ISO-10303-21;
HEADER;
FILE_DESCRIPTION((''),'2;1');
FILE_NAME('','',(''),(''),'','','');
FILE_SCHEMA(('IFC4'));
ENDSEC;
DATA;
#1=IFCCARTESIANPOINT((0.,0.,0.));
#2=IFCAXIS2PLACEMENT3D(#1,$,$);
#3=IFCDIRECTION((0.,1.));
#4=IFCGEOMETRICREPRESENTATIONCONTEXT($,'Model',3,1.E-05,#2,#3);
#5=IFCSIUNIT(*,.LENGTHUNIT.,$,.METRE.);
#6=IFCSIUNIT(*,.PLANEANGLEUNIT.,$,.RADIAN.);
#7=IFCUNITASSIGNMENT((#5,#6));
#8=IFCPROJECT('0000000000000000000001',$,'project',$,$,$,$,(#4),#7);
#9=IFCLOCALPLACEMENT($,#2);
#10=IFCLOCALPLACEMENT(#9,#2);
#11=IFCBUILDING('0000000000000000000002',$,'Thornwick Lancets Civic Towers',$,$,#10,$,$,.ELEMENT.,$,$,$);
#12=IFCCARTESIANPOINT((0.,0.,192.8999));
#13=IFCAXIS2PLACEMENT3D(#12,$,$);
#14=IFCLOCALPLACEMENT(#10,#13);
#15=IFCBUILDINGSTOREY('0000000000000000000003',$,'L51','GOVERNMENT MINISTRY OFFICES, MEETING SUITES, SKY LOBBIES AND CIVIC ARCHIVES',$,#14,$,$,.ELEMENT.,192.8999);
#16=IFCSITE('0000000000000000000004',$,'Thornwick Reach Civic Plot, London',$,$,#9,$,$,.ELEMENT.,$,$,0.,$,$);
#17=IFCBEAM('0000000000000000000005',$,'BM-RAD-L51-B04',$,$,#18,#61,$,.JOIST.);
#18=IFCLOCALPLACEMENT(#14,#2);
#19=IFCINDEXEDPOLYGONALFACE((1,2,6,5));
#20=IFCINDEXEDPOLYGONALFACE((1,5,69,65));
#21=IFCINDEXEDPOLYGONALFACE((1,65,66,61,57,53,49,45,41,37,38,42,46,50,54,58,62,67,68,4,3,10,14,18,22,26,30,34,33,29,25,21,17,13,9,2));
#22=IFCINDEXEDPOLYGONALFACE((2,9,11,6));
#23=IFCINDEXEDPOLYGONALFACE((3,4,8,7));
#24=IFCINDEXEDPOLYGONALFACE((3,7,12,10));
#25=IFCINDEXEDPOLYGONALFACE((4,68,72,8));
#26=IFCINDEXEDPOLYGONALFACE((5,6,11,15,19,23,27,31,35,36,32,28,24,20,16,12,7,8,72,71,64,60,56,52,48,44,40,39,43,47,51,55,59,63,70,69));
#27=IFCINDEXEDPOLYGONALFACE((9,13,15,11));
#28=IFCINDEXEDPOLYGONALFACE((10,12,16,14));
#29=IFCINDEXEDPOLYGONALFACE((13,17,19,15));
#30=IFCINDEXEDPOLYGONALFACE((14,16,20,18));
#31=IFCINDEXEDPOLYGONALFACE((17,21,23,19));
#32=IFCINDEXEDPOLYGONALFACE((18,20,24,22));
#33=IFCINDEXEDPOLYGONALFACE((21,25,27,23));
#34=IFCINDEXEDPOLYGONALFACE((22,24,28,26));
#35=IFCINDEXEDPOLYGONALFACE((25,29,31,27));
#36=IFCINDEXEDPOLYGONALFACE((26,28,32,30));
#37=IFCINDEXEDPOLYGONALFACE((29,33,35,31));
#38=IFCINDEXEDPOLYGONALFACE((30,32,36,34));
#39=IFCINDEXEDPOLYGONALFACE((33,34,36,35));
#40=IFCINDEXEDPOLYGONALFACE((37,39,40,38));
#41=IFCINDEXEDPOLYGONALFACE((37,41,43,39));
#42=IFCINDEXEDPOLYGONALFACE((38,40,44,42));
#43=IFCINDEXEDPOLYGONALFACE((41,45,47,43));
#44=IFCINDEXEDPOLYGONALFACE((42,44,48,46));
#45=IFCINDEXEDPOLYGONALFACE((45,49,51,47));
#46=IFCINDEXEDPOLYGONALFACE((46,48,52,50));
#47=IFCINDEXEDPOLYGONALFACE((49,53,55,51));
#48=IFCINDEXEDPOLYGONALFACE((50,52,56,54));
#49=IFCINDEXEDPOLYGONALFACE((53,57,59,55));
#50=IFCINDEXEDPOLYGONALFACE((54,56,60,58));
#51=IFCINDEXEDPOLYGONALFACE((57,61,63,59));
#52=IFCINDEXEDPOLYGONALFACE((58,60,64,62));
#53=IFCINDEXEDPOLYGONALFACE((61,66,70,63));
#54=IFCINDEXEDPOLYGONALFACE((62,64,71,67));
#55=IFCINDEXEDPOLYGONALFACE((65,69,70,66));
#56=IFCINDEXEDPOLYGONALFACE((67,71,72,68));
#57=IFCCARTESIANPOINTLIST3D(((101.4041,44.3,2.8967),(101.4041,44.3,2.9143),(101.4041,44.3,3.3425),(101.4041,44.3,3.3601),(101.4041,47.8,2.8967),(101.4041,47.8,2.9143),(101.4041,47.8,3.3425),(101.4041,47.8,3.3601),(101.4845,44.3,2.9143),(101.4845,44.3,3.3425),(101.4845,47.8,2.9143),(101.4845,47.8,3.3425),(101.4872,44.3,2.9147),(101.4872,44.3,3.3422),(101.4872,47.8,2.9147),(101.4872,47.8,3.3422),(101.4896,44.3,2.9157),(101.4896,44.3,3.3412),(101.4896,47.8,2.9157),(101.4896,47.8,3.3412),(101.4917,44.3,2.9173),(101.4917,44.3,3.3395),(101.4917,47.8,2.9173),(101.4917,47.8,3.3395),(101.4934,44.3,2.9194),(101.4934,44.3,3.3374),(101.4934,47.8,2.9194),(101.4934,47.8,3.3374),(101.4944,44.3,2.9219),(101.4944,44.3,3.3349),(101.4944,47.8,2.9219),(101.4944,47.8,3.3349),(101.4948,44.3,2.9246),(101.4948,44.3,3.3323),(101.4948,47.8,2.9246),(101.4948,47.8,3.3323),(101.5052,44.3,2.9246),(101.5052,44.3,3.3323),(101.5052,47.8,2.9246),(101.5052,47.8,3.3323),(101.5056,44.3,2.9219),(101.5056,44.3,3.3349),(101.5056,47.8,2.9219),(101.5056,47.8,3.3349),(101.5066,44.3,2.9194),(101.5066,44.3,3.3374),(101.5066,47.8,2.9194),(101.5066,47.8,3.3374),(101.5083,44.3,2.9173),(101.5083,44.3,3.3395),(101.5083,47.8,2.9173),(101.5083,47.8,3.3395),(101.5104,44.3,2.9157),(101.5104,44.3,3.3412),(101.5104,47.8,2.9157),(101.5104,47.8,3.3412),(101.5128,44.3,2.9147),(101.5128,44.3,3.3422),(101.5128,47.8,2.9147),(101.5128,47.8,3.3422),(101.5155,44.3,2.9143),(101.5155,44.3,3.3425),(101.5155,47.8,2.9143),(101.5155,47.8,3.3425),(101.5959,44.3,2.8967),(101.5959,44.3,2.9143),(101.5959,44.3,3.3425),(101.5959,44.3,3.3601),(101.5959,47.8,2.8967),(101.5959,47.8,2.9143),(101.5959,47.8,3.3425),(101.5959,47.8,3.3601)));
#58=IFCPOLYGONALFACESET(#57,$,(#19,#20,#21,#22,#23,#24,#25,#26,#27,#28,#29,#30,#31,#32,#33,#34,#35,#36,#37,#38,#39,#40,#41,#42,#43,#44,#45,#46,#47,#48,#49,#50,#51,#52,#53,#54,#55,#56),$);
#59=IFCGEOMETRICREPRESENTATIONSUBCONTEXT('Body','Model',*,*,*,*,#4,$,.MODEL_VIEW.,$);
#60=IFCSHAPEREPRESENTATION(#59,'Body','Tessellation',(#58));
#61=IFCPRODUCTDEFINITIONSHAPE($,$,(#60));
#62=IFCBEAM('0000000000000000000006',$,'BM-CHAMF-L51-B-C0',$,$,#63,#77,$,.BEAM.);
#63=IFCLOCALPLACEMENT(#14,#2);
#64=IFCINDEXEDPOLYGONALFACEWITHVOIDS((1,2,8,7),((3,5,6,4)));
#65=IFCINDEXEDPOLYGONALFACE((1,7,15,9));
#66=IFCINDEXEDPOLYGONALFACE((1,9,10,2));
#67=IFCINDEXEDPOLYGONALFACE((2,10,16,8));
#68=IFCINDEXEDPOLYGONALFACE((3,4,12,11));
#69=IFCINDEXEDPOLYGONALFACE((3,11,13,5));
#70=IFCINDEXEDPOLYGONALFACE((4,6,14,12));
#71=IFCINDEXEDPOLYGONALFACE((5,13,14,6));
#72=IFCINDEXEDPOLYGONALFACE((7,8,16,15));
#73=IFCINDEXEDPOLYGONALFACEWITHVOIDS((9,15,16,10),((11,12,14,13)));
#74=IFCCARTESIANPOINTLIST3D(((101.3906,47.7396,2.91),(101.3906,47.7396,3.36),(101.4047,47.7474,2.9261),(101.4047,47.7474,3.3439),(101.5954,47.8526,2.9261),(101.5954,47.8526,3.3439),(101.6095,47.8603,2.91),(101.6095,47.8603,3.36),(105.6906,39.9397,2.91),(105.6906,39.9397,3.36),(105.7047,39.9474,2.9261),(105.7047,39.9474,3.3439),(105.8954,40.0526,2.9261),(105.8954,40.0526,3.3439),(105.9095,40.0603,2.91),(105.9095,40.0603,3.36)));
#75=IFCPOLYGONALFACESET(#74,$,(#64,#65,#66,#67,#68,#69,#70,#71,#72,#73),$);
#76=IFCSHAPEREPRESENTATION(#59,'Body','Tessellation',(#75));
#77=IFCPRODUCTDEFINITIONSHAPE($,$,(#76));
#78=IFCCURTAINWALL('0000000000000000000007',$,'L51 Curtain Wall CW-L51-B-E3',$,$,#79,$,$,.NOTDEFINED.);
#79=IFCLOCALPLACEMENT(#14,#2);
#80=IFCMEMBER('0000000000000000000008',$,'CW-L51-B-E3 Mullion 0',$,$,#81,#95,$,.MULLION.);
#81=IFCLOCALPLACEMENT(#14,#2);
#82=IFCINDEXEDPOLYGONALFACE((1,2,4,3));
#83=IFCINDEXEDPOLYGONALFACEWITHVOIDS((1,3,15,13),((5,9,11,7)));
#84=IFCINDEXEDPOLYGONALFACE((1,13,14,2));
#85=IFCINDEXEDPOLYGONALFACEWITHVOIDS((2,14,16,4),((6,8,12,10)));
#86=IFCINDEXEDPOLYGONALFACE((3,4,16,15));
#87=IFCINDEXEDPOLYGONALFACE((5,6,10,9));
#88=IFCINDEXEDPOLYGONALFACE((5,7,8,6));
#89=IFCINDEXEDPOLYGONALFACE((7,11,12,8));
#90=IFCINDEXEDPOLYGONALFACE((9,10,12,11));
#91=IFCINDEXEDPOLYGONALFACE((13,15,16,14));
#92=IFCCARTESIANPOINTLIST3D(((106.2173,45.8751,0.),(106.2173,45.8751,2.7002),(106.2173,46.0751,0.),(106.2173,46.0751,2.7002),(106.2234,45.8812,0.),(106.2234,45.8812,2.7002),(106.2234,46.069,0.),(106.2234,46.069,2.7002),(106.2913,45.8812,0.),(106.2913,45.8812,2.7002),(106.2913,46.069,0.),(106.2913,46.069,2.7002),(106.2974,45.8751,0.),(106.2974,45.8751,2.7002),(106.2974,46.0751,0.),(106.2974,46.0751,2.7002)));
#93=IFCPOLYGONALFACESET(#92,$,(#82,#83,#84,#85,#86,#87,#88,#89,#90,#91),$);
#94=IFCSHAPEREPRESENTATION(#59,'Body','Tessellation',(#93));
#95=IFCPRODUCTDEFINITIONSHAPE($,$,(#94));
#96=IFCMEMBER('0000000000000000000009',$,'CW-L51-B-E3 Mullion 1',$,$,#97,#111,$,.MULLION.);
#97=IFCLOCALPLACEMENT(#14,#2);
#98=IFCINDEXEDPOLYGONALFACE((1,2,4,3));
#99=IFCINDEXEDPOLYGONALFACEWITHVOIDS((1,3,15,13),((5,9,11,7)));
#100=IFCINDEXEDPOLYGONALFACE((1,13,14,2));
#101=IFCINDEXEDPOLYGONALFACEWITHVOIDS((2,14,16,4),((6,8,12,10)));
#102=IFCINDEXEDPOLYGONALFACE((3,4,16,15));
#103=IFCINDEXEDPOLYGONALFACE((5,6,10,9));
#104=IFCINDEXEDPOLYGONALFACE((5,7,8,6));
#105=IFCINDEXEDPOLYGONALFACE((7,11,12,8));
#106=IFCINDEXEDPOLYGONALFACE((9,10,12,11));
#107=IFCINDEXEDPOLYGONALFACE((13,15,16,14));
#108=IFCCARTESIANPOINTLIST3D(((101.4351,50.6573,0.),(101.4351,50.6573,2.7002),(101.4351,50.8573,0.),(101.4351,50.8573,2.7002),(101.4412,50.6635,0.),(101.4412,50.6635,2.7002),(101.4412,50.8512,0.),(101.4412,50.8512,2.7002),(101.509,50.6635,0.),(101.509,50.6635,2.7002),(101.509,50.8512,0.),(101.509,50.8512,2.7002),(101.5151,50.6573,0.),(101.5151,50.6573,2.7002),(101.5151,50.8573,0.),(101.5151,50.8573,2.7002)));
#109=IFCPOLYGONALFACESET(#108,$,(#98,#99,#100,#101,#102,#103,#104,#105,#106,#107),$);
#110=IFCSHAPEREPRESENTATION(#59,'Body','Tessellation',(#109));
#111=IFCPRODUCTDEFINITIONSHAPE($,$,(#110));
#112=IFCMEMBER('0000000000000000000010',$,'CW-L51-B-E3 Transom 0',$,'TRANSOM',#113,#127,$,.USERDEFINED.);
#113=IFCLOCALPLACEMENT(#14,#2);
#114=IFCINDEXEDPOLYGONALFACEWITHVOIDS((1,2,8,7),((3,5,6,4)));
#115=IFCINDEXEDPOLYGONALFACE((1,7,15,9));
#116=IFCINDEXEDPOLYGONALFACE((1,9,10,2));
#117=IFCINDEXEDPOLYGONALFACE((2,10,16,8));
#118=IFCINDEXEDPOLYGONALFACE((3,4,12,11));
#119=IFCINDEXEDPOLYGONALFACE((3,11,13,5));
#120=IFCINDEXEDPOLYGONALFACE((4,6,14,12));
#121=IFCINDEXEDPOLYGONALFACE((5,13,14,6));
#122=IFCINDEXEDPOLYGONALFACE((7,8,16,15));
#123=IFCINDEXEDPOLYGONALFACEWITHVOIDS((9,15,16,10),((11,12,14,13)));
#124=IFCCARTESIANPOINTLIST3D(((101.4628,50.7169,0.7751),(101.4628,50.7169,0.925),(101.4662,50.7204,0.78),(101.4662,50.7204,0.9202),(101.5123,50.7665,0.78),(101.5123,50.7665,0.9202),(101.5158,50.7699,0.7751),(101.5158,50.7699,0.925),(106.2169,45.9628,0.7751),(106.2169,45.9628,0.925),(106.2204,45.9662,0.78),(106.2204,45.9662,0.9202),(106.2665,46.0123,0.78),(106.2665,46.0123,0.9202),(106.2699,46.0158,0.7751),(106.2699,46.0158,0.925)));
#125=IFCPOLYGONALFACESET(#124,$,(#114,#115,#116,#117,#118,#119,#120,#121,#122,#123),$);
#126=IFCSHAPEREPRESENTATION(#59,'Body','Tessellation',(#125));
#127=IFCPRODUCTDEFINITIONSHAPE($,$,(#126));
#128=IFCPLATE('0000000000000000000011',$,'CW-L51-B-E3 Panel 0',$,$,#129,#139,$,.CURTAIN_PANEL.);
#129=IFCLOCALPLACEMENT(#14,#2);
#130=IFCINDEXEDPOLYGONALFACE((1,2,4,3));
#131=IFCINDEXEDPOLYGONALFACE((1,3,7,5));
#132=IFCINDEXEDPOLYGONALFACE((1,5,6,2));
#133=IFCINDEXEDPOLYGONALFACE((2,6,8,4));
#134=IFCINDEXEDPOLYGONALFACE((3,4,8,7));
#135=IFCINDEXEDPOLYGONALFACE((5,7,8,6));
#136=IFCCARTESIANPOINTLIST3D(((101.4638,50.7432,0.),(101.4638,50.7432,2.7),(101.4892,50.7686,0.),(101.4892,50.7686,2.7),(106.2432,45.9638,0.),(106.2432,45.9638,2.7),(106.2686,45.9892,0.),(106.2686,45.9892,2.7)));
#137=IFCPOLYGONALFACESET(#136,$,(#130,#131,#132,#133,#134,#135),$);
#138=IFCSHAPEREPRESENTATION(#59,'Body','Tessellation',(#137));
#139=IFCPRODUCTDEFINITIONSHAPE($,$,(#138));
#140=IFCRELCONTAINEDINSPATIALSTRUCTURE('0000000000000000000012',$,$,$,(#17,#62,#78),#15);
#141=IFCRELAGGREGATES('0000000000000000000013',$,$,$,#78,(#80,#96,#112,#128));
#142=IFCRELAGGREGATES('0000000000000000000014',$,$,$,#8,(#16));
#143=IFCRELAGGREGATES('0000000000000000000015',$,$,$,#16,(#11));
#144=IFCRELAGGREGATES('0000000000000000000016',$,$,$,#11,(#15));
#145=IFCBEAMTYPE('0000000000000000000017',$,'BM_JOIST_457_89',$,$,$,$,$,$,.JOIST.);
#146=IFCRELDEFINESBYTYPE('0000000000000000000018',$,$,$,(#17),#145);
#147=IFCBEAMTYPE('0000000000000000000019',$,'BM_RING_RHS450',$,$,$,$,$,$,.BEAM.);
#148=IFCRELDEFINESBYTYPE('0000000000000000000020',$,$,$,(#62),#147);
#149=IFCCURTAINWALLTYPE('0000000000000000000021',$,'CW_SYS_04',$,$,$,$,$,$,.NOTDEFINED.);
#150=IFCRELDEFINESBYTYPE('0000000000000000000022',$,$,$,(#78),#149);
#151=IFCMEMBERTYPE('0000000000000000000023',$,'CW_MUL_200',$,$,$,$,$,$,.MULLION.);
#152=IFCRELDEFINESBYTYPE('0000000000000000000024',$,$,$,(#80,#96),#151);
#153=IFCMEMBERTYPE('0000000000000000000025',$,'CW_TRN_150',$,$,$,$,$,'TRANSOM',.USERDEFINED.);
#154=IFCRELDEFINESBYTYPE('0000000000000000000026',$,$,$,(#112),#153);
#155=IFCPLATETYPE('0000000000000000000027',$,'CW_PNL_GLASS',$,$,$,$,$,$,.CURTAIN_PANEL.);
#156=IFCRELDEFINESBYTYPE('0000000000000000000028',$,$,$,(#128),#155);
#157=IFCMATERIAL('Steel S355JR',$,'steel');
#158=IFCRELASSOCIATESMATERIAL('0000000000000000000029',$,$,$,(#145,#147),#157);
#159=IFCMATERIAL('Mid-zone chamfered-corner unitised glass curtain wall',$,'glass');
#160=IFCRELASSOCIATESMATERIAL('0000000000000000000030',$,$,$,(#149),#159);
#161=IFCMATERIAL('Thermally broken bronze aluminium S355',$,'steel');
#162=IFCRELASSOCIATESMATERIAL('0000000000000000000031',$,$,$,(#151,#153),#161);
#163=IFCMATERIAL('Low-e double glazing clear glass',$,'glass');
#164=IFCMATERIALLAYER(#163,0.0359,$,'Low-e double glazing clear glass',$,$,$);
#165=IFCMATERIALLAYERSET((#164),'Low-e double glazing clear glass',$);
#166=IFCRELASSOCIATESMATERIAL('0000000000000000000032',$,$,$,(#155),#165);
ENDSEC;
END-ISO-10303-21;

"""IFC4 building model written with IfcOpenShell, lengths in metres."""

from ifc_helpers import new_model, si_unit, direction, frame, origin, origin_2d, place, context, subcontext, project, spatial, rectangle, hollow_rectangle, i_section, extrude, material, layer, layer_set, material_profile, profile_set, type_object, element, aggregate, save


model = new_model("IFC4")

# Units and contexts
model_context = context("Model", 3, precision=1e-05, world=origin(), true_north=direction((0.0, 1.0)))
body_context = subcontext(model_context, "Body", "Model", "MODEL_VIEW")
ifc_project = project(units=[si_unit("LENGTHUNIT", "METRE"), si_unit("PLANEANGLEUNIT", "RADIAN")], contexts=[model_context])

# Site, building, storey
site_placement = place(None, origin())
site = spatial("IfcSite", under=ifc_project, at=site_placement, Name="Thornwick Reach Civic Plot, London", CompositionType="ELEMENT", RefElevation=0.0)
building_placement = place(site_placement, origin())
building = spatial("IfcBuilding", under=site, at=building_placement, Name="Thornwick Lancets Civic Towers", CompositionType="ELEMENT")
storey_placement = place(building_placement, frame((0.0, 0.0, 192.8999)))
storey = spatial("IfcBuildingStorey", under=building, at=storey_placement, Name="L51", Description="GOVERNMENT MINISTRY OFFICES, MEETING SUITES, SKY LOBBIES AND CIVIC ARCHIVES", CompositionType="ELEMENT", Elevation=192.8999)

# Beams
ifc_material_1 = material(Name="Steel S355JR", Category="steel")
ifc_material_profile_1 = material_profile(ifc_material_1, i_section(OverallWidth=0.1919, OverallDepth=0.4634, WebThickness=0.0105, FlangeThickness=0.0176, FilletRadius=0.0103, at=origin_2d()), Name="UKB 457x191x89")
ifc_profile_set_1 = profile_set([ifc_material_profile_1], Name="Steel S355JR")
beam_type_1 = type_object("IfcBeamType", Name="BM_JOIST_457_89", PredefinedType="JOIST", material=ifc_profile_set_1)
beam_1_placement = place(storey_placement, frame((101.5, 44.3, 3.1284), z_axis=(0.0, 1.0, 0.0), x_axis=(-1.0, 0.0, 0.0)))
element("IfcBeam", 1, at=beam_1_placement, inside=storey, type_object=beam_type_1, Name="BM-RAD-L51-B04", PredefinedType="JOIST", context=body_context, shape_type="SweptSolid", body=[
    extrude(i_section(OverallWidth=0.1919, OverallDepth=0.4634, WebThickness=0.0105, FlangeThickness=0.0176, FilletRadius=0.0103, at=origin_2d()), origin(), (0.0, 0.0, 1.0), 3.5),
])
ifc_material_profile_2 = material_profile(ifc_material_1, hollow_rectangle(XDim=0.25, YDim=0.45, WallThickness=0.0161, at=origin_2d()), Name="RHS 450x250x16")
ifc_profile_set_2 = profile_set([ifc_material_profile_2], Name="Steel S355JR")
beam_type_2 = type_object("IfcBeamType", Name="BM_RING_RHS450", PredefinedType="BEAM", material=ifc_profile_set_2)
beam_2_placement = place(storey_placement, frame((105.8, 40.0, 3.135), z_axis=(-0.482782, 0.87574, 0.0), x_axis=(-0.87574, -0.482782, 0.0)))
element("IfcBeam", 2, at=beam_2_placement, inside=storey, type_object=beam_type_2, Name="BM-CHAMF-L51-B-C0", PredefinedType="BEAM", context=body_context, shape_type="SweptSolid", body=[
    extrude(hollow_rectangle(XDim=0.25, YDim=0.45, WallThickness=0.0161, at=origin_2d()), origin(), (0.0, 0.0, 1.0), 8.9067),
])

# Curtain wall, members, plate
ifc_material_2 = material(Name="Mid-zone chamfered-corner unitised glass curtain wall", Category="glass")
curtain_wall_type = type_object("IfcCurtainWallType", Name="CW_SYS_04", PredefinedType="NOTDEFINED", material=ifc_material_2)
curtain_wall_placement = place(storey_placement, origin())
curtain_wall = element("IfcCurtainWall", 3, at=curtain_wall_placement, inside=storey, type_object=curtain_wall_type, Name="L51 Curtain Wall CW-L51-B-E3", PredefinedType="NOTDEFINED")
ifc_material_3 = material(Name="Thermally broken bronze aluminium S355", Category="steel")
ifc_material_profile_3 = material_profile(ifc_material_3, hollow_rectangle(XDim=0.0801, YDim=0.2, WallThickness=0.0061, at=origin_2d()), Name="RHS 200x80x6")
ifc_profile_set_3 = profile_set([ifc_material_profile_3], Name="Thermally broken bronze aluminium S355")
member_type_1 = type_object("IfcMemberType", Name="CW_MUL_200", PredefinedType="MULLION", material=ifc_profile_set_3)
member_1_placement = place(storey_placement, frame((106.2573, 45.9751, 0.0), z_axis=(0.0, 0.0, 1.0), x_axis=(1.0, 0.0, 0.0)))
member_1 = element("IfcMember", 4, at=member_1_placement, type_object=member_type_1, Name="CW-L51-B-E3 Mullion 0", PredefinedType="MULLION", context=body_context, shape_type="SweptSolid", body=[
    extrude(hollow_rectangle(XDim=0.0801, YDim=0.2, WallThickness=0.0061, at=origin_2d()), origin(), (0.0, 0.0, 1.0), 2.7002),
])
member_2_placement = place(storey_placement, frame((101.4751, 50.7573, 0.0), z_axis=(0.0, 0.0, 1.0), x_axis=(1.0, 0.0, 0.0)))
member_2 = element("IfcMember", 5, at=member_2_placement, type_object=member_type_1, Name="CW-L51-B-E3 Mullion 1", PredefinedType="MULLION", context=body_context, shape_type="SweptSolid", body=[
    extrude(hollow_rectangle(XDim=0.0801, YDim=0.2, WallThickness=0.0061, at=origin_2d()), origin(), (0.0, 0.0, 1.0), 2.7002),
])
ifc_material_profile_4 = material_profile(ifc_material_3, hollow_rectangle(XDim=0.075, YDim=0.1499, WallThickness=0.0049, at=origin_2d()), Name="RHS 150x75x5")
ifc_profile_set_4 = profile_set([ifc_material_profile_4], Name="Thermally broken bronze aluminium S355")
member_type_2 = type_object("IfcMemberType", Name="CW_TRN_150", ElementType="TRANSOM", PredefinedType="USERDEFINED", material=ifc_profile_set_4)
member_3_placement = place(storey_placement, frame((106.2434, 45.9893, 0.8501), z_axis=(-0.707107, 0.707107, 0.0), x_axis=(-0.707107, -0.707107, 0.0)))
member_3 = element("IfcMember", 6, at=member_3_placement, type_object=member_type_2, Name="CW-L51-B-E3 Transom 0", ObjectType="TRANSOM", PredefinedType="USERDEFINED", context=body_context, shape_type="SweptSolid", body=[
    extrude(hollow_rectangle(XDim=0.075, YDim=0.1499, WallThickness=0.0049, at=origin_2d()), origin(), (0.0, 0.0, 1.0), 6.7234),
])
ifc_material_4 = material(Name="Low-e double glazing clear glass", Category="glass")
ifc_layer_1 = layer(ifc_material_4, 0.0359, Name="Low-e double glazing clear glass")
ifc_layer_set_1 = layer_set([ifc_layer_1], Name="Low-e double glazing clear glass")
plate_type = type_object("IfcPlateType", Name="CW_PNL_GLASS", PredefinedType="CURTAIN_PANEL", material=ifc_layer_set_1)
plate_placement = place(storey_placement, frame((103.8662, 48.3662, 0.0), z_axis=(0.0, 0.0, 1.0), x_axis=(-0.707107, 0.707107, 0.0)))
plate = element("IfcPlate", 7, at=plate_placement, type_object=plate_type, Name="CW-L51-B-E3 Panel 0", PredefinedType="CURTAIN_PANEL", context=body_context, shape_type="SweptSolid", body=[
    extrude(rectangle(XDim=6.759, YDim=0.0359, at=origin_2d()), origin(), (0.0, 0.0, 1.0), 2.7),
])
aggregate(curtain_wall, [member_1, member_2, member_3, plate])

save(model, "model.ifc")
